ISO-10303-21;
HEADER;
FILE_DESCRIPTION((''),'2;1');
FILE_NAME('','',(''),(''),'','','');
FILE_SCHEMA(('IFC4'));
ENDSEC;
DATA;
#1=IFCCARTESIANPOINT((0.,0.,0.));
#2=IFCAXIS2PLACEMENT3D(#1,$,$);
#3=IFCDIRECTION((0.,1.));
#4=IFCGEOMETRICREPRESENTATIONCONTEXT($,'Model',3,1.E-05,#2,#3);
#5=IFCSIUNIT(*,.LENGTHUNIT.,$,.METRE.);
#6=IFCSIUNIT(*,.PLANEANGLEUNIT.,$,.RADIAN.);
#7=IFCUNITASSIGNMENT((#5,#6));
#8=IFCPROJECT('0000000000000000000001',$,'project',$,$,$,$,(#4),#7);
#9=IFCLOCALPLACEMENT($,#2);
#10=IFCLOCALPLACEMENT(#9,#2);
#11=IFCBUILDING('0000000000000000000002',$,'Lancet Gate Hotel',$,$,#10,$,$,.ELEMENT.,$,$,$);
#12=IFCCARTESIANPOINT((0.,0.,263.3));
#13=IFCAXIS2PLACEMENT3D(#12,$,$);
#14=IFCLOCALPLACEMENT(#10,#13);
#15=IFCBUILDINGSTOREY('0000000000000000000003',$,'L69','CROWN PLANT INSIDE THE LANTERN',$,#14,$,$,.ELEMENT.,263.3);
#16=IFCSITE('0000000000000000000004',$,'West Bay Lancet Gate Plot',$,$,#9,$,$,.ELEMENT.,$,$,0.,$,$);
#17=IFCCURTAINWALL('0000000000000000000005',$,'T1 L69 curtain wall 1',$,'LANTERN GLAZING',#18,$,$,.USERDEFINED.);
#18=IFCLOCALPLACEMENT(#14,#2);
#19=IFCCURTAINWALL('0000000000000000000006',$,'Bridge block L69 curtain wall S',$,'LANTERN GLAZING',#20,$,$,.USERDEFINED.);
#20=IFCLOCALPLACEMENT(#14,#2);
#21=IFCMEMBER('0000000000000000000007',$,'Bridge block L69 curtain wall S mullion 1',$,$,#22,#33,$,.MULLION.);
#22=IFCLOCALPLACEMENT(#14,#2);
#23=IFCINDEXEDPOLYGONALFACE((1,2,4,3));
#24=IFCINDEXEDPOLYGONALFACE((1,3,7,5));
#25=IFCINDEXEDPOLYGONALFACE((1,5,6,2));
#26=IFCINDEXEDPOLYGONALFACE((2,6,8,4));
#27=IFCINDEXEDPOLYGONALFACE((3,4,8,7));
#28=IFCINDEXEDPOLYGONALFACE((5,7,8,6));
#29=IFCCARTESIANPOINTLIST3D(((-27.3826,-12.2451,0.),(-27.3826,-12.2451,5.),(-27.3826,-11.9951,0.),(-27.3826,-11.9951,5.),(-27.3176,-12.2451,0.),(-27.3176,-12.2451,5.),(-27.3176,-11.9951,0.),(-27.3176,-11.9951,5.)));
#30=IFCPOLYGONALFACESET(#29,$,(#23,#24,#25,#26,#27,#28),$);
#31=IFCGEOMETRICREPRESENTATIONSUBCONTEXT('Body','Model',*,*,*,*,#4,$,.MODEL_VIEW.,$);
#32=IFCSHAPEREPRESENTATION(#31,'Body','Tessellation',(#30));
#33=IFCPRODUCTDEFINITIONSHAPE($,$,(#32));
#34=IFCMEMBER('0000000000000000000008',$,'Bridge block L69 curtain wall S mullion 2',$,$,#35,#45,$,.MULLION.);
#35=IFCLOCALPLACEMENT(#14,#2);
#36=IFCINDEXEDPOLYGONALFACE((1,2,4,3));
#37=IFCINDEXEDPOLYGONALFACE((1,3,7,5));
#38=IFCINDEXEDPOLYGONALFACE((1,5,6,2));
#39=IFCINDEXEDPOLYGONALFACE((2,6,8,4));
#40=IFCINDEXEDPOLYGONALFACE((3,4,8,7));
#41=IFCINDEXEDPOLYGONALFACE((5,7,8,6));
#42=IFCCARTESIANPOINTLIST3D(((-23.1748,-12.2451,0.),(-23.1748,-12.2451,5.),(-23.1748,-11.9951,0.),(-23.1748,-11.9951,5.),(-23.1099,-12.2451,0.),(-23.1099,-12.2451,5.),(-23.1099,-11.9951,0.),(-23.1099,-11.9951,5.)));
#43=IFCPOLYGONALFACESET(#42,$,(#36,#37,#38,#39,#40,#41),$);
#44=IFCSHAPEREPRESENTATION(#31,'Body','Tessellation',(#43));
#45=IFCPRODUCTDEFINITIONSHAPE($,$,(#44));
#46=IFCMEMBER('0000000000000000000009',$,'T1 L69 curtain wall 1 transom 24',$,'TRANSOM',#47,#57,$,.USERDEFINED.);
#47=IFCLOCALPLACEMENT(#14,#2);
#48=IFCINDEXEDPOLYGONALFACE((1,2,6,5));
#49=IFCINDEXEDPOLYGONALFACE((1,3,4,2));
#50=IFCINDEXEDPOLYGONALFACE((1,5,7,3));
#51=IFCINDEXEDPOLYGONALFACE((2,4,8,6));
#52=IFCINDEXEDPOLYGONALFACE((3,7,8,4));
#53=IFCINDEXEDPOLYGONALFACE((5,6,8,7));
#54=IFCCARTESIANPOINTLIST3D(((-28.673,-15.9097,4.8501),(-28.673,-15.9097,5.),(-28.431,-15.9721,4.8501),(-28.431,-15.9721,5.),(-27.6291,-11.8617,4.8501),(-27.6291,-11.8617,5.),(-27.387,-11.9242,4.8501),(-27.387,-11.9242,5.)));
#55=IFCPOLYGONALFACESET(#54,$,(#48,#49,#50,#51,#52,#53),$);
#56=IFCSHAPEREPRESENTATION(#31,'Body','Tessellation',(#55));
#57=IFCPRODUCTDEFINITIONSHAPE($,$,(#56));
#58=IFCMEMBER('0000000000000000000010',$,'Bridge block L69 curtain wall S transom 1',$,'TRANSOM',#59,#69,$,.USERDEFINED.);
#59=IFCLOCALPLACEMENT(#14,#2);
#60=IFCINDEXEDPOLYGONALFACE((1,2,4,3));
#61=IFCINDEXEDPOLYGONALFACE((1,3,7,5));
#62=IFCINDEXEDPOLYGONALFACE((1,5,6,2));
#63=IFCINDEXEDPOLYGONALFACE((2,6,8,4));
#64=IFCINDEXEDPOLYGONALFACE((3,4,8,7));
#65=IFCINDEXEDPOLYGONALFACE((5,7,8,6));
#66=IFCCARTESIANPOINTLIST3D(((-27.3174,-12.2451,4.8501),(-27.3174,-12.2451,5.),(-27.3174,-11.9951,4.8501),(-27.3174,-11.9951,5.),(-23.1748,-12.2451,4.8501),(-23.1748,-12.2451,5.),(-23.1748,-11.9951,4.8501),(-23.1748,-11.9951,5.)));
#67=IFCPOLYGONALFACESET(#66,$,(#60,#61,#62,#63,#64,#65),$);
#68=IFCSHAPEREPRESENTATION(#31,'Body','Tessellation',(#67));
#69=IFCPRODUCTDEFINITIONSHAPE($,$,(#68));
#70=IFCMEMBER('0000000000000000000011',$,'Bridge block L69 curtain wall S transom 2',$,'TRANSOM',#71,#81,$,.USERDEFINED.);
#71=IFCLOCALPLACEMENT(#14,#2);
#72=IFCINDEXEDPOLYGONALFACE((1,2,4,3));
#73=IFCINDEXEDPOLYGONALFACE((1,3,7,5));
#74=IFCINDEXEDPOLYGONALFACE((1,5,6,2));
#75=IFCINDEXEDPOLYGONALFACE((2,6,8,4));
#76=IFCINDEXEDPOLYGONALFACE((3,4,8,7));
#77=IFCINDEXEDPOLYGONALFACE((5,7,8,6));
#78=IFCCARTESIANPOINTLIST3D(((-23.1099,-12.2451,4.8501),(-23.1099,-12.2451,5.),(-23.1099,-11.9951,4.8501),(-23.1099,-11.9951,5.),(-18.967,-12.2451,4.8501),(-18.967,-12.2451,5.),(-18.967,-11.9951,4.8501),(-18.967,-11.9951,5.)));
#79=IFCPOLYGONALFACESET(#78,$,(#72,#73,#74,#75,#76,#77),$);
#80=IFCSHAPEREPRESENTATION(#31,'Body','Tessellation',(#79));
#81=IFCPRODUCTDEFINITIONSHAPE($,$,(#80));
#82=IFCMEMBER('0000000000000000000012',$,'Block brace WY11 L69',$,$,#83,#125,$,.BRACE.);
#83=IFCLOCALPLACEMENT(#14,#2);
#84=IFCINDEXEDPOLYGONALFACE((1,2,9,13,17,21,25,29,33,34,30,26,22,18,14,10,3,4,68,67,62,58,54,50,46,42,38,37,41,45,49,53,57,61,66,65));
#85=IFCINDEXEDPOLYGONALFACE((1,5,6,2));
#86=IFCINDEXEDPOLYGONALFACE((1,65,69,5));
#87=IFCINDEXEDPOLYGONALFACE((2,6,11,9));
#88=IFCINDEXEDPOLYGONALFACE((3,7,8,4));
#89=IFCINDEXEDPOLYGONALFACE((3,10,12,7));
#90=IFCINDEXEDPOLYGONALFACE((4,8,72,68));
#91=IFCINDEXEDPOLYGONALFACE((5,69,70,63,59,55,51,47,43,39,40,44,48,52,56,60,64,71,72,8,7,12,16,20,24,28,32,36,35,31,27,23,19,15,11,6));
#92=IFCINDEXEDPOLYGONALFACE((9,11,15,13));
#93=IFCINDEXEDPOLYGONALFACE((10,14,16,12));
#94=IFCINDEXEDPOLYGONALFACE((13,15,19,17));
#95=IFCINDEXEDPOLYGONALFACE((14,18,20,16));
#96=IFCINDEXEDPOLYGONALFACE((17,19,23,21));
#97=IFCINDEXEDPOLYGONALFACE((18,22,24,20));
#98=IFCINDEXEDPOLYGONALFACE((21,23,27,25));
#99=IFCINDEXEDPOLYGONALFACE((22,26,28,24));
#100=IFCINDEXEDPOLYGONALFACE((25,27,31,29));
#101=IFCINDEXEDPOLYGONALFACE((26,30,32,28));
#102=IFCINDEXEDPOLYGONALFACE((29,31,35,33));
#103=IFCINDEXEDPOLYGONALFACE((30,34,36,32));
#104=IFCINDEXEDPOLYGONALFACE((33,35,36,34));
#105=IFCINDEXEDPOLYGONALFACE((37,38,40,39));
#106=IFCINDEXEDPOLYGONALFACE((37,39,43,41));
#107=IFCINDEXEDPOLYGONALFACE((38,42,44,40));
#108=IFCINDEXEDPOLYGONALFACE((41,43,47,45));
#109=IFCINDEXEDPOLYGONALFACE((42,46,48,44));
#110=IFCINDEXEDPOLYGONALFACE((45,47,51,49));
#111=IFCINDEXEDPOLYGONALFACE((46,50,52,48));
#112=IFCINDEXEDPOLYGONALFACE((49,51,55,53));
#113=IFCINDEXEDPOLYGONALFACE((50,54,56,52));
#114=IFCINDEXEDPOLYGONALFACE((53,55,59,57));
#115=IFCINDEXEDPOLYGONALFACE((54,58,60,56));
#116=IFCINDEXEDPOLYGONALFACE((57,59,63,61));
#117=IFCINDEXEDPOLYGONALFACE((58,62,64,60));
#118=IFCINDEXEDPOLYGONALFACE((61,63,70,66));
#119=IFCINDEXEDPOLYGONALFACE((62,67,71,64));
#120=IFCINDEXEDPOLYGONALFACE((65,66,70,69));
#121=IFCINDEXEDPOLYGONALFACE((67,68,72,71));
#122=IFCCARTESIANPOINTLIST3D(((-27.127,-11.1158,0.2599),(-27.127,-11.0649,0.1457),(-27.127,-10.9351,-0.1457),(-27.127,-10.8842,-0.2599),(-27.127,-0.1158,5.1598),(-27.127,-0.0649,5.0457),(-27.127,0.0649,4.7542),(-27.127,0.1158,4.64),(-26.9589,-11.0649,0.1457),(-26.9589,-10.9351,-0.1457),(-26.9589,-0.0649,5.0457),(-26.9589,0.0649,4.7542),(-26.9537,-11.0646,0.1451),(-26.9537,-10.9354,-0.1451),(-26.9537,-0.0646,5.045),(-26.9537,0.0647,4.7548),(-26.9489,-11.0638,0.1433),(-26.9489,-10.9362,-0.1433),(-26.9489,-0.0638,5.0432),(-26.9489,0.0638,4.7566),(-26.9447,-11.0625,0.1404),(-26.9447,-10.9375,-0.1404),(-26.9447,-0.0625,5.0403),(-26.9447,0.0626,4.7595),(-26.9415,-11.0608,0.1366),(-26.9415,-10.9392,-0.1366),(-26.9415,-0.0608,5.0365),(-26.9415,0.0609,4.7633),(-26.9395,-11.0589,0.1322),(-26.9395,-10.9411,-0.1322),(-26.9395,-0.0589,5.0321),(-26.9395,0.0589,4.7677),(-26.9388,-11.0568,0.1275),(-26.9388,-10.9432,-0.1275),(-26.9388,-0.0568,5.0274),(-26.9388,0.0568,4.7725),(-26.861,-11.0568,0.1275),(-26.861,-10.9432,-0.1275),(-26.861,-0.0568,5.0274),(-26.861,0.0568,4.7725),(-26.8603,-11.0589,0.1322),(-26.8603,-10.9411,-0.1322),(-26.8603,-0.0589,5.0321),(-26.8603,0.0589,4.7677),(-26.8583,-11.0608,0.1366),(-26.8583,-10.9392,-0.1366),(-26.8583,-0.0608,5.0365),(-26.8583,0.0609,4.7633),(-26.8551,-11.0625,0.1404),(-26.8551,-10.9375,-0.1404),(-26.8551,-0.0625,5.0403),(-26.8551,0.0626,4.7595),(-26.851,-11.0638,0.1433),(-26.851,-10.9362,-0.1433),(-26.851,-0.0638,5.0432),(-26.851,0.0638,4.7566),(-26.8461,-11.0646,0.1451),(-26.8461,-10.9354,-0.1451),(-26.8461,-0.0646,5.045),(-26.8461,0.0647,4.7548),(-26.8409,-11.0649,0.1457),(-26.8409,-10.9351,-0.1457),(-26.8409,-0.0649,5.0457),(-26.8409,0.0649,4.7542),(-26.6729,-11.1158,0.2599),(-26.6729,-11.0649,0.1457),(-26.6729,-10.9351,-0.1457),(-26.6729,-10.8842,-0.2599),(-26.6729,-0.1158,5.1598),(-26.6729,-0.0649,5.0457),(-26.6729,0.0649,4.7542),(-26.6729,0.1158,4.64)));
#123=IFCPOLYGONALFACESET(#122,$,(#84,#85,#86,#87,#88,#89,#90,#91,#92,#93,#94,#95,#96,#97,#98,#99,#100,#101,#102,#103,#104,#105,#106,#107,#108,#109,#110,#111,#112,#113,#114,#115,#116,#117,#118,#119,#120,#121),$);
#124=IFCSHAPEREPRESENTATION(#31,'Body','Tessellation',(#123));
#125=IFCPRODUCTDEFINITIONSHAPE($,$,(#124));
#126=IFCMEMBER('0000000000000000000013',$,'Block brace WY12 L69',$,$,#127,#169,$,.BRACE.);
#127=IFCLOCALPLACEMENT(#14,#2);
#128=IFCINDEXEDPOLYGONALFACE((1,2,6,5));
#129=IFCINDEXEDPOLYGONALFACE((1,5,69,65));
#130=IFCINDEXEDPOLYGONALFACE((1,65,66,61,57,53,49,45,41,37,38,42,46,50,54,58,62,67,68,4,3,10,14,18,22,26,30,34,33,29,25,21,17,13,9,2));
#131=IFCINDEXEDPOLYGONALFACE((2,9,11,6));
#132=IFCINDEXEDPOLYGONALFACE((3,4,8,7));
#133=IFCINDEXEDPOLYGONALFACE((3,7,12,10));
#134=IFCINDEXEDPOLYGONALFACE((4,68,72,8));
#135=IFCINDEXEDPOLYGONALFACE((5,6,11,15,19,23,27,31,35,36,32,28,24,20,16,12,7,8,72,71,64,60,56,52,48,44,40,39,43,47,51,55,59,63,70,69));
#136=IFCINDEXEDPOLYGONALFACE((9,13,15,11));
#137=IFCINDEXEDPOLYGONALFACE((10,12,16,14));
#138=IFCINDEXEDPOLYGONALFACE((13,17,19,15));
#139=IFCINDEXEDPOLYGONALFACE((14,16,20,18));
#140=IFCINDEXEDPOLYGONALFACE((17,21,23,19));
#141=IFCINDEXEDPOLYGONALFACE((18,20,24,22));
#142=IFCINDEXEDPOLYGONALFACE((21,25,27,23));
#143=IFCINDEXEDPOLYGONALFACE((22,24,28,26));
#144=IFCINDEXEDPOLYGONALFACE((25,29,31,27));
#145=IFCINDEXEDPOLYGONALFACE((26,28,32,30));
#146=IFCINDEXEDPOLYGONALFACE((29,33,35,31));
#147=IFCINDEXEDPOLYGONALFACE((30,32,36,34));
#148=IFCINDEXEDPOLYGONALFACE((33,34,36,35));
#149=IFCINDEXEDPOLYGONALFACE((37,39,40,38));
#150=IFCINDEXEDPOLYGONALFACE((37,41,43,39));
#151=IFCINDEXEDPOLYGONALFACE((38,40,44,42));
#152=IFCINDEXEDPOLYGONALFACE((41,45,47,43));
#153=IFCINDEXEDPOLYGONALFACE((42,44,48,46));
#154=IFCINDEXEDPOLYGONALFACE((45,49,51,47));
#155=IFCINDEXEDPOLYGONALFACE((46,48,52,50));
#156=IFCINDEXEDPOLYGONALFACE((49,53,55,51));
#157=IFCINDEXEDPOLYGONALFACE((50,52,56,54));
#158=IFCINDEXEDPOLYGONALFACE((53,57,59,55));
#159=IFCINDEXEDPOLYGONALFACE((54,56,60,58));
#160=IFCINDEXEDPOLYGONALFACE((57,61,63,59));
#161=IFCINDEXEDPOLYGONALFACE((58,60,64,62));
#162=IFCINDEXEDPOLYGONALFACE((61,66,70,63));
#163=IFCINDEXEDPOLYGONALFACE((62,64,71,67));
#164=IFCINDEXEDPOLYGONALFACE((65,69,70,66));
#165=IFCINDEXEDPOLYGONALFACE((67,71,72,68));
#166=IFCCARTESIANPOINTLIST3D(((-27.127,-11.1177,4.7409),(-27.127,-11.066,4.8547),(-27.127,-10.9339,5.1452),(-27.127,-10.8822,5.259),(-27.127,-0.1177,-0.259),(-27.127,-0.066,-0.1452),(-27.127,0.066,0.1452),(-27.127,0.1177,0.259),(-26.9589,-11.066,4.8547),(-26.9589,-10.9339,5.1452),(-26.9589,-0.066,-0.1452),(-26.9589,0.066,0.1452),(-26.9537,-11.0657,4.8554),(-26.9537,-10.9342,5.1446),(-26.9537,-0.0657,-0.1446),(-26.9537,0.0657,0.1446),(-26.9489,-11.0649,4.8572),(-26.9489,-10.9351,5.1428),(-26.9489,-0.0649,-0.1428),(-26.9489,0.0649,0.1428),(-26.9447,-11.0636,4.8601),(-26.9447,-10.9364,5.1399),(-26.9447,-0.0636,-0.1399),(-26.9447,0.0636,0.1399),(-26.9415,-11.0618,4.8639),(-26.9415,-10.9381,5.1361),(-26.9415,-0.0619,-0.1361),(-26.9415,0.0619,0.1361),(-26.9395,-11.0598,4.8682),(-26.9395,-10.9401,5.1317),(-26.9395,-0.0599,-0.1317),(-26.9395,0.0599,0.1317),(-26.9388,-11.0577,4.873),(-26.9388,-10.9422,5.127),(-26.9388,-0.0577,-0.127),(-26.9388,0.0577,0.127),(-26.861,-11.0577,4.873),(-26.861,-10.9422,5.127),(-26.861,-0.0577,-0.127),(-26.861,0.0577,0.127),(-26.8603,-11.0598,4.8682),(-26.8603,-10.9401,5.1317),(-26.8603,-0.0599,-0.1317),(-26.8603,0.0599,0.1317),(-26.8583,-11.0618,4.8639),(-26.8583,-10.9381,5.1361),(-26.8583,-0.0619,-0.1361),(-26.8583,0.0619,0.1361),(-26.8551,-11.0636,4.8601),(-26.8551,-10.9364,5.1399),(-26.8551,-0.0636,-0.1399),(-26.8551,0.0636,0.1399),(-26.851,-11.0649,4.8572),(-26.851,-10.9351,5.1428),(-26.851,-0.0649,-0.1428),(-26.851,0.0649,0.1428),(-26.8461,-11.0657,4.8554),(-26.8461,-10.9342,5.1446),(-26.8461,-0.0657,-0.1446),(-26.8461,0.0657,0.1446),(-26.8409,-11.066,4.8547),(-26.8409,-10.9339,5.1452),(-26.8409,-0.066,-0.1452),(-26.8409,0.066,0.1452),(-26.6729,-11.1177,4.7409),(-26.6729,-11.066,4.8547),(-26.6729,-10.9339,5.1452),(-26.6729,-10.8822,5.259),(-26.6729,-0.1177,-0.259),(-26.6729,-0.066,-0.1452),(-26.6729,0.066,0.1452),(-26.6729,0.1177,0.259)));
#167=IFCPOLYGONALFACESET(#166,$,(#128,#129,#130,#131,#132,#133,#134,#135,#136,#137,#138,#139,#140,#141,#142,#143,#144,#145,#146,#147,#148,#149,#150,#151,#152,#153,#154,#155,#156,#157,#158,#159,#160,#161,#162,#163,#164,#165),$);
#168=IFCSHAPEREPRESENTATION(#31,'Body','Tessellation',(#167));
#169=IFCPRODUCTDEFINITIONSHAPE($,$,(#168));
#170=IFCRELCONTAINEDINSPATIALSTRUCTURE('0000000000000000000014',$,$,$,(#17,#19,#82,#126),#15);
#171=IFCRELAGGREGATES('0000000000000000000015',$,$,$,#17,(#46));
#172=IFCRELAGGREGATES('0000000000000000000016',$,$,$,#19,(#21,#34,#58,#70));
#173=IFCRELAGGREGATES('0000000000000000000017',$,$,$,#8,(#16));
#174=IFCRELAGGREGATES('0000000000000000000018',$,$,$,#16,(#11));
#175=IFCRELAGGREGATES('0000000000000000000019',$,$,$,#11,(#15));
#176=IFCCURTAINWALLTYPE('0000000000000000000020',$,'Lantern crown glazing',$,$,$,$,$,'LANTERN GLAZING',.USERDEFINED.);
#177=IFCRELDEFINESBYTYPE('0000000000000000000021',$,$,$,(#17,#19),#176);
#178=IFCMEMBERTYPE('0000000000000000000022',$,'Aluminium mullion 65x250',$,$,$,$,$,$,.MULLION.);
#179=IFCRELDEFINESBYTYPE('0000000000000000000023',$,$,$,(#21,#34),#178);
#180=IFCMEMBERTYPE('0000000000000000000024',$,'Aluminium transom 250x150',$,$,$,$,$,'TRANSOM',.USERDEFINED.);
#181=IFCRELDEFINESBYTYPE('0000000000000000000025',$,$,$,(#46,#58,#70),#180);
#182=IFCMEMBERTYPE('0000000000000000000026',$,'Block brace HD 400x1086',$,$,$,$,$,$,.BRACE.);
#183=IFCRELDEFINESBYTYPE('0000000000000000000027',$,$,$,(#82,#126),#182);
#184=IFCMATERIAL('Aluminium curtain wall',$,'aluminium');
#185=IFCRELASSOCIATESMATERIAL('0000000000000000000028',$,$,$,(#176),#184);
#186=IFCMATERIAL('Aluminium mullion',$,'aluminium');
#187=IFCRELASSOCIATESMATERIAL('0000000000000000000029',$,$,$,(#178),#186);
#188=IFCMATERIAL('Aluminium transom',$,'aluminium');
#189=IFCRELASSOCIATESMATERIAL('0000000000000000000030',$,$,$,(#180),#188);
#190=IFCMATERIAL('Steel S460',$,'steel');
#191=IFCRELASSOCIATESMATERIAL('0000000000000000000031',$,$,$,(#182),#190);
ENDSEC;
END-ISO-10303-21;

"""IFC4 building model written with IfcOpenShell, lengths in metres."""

from ifc_helpers import new_model, si_unit, direction, frame, origin, origin_2d, place, context, subcontext, project, spatial, rectangle, i_section, extrude, material, material_profile, profile_set, type_object, element, aggregate, save


model = new_model("IFC4")

# Units and contexts
model_context = context("Model", 3, precision=1e-05, world=origin(), true_north=direction((0.0, 1.0)))
body_context = subcontext(model_context, "Body", "Model", "MODEL_VIEW")
ifc_project = project(units=[si_unit("LENGTHUNIT", "METRE"), si_unit("PLANEANGLEUNIT", "RADIAN")], contexts=[model_context])

# Site, building, storey
site_placement = place(None, origin())
site = spatial("IfcSite", under=ifc_project, at=site_placement, Name="West Bay Lancet Gate Plot", CompositionType="ELEMENT", RefElevation=0.0)
building_placement = place(site_placement, origin())
building = spatial("IfcBuilding", under=site, at=building_placement, Name="Lancet Gate Hotel", CompositionType="ELEMENT")
storey_placement = place(building_placement, frame((0.0, 0.0, 263.3)))
storey = spatial("IfcBuildingStorey", under=building, at=storey_placement, Name="L69", Description="CROWN PLANT INSIDE THE LANTERN", CompositionType="ELEMENT", Elevation=263.3)

# Curtain wall
ifc_material_1 = material(Name="Aluminium curtain wall", Category="aluminium")
curtain_wall_type = type_object("IfcCurtainWallType", Name="Lantern crown glazing", ElementType="LANTERN GLAZING", PredefinedType="USERDEFINED", material=ifc_material_1)
curtain_wall_1_placement = place(storey_placement, origin())
curtain_wall_1 = element("IfcCurtainWall", 1, at=curtain_wall_1_placement, inside=storey, type_object=curtain_wall_type, Name="T1 L69 curtain wall 1", ObjectType="LANTERN GLAZING", PredefinedType="USERDEFINED")
ifc_material_2 = material(Name="Aluminium mullion", Category="aluminium")
ifc_material_profile_1 = material_profile(ifc_material_2, rectangle(XDim=0.0649, YDim=0.25, at=origin_2d()), Name="MULLION 65x250")
ifc_profile_set_1 = profile_set([ifc_material_profile_1], Name="Aluminium mullion")
member_type_1 = type_object("IfcMemberType", Name="Aluminium mullion 65x250", PredefinedType="MULLION", material=ifc_profile_set_1)

# Curtain wall, members
curtain_wall_2_placement = place(storey_placement, origin())
curtain_wall_2 = element("IfcCurtainWall", 2, at=curtain_wall_2_placement, inside=storey, type_object=curtain_wall_type, Name="Bridge block L69 curtain wall S", ObjectType="LANTERN GLAZING", PredefinedType="USERDEFINED")
member_1_placement = place(storey_placement, frame((-27.3501, -12.1201, 0.0), z_axis=(0.0, 0.0, 1.0), x_axis=(1.0, 0.0, 0.0)))
member_1 = element("IfcMember", 3, at=member_1_placement, type_object=member_type_1, Name="Bridge block L69 curtain wall S mullion 1", PredefinedType="MULLION", context=body_context, shape_type="SweptSolid", body=[
    extrude(rectangle(XDim=0.0649, YDim=0.25, at=origin_2d()), origin(), (0.0, 0.0, 1.0), 5.0),
])
member_2_placement = place(storey_placement, frame((-23.1423, -12.1201, 0.0), z_axis=(0.0, 0.0, 1.0), x_axis=(1.0, 0.0, 0.0)))
member_2 = element("IfcMember", 4, at=member_2_placement, type_object=member_type_1, Name="Bridge block L69 curtain wall S mullion 2", PredefinedType="MULLION", context=body_context, shape_type="SweptSolid", body=[
    extrude(rectangle(XDim=0.0649, YDim=0.25, at=origin_2d()), origin(), (0.0, 0.0, 1.0), 5.0),
])

# Members
ifc_material_3 = material(Name="Aluminium transom", Category="aluminium")
ifc_material_profile_2 = material_profile(ifc_material_3, rectangle(XDim=0.25, YDim=0.1499, at=origin_2d()), Name="TRANSOM 250x150")
ifc_profile_set_2 = profile_set([ifc_material_profile_2], Name="Aluminium transom")
member_type_2 = type_object("IfcMemberType", Name="Aluminium transom 250x150", ElementType="TRANSOM", PredefinedType="USERDEFINED", material=ifc_profile_set_2)
member_3_placement = place(storey_placement, frame((-28.552, -15.9409, 4.925), z_axis=(0.249716, 0.968319, 0.0), x_axis=(-0.968319, 0.249716, 0.0)))
member_3 = element("IfcMember", 5, at=member_3_placement, type_object=member_type_2, Name="T1 L69 curtain wall 1 transom 24", ObjectType="TRANSOM", PredefinedType="USERDEFINED", context=body_context, shape_type="SweptSolid", body=[
    extrude(rectangle(XDim=0.25, YDim=0.1499, at=origin_2d()), origin(), (0.0, 0.0, 1.0), 4.1804),
])
member_4_placement = place(storey_placement, frame((-27.3174, -12.1201, 4.925), z_axis=(1.0, 0.0, 0.0), x_axis=(0.0, 1.0, 0.0)))
member_4 = element("IfcMember", 6, at=member_4_placement, type_object=member_type_2, Name="Bridge block L69 curtain wall S transom 1", ObjectType="TRANSOM", PredefinedType="USERDEFINED", context=body_context, shape_type="SweptSolid", body=[
    extrude(rectangle(XDim=0.25, YDim=0.1499, at=origin_2d()), origin(), (0.0, 0.0, 1.0), 4.1426),
])
member_5_placement = place(storey_placement, frame((-23.1099, -12.1201, 4.925), z_axis=(1.0, 0.0, 0.0), x_axis=(0.0, 1.0, 0.0)))
member_5 = element("IfcMember", 7, at=member_5_placement, type_object=member_type_2, Name="Bridge block L69 curtain wall S transom 2", ObjectType="TRANSOM", PredefinedType="USERDEFINED", context=body_context, shape_type="SweptSolid", body=[
    extrude(rectangle(XDim=0.25, YDim=0.1499, at=origin_2d()), origin(), (0.0, 0.0, 1.0), 4.1428),
])

# Members
ifc_material_4 = material(Name="Steel S460", Category="steel")
ifc_material_profile_3 = material_profile(ifc_material_4, i_section(OverallWidth=0.4541, OverallDepth=0.5691, WebThickness=0.0779, FlangeThickness=0.125, FilletRadius=0.02, at=origin_2d()), Name="HD 400x1086")
ifc_profile_set_3 = profile_set([ifc_material_profile_3], Name="Steel S460")
member_type_3 = type_object("IfcMemberType", Name="Block brace HD 400x1086", PredefinedType="BRACE", material=ifc_profile_set_3)
member_6_placement = place(storey_placement, frame((-26.8999, -11.0, 0.0), z_axis=(0.0, 0.913472, 0.406902), x_axis=(-1.0, 0.0, 0.0)))
element("IfcMember", 8, at=member_6_placement, inside=storey, type_object=member_type_3, Name="Block brace WY11 L69", PredefinedType="BRACE", context=body_context, shape_type="SweptSolid", body=[
    extrude(i_section(OverallWidth=0.4541, OverallDepth=0.5691, WebThickness=0.0779, FlangeThickness=0.125, FilletRadius=0.02, at=origin_2d()), origin(), (0.0, 0.0, 1.0), 12.042),
])
member_7_placement = place(storey_placement, frame((-26.8999, 0.0, 0.0), z_axis=(0.0, -0.910366, 0.413803), x_axis=(1.0, 0.0, 0.0)))
element("IfcMember", 9, at=member_7_placement, inside=storey, type_object=member_type_3, Name="Block brace WY12 L69", PredefinedType="BRACE", context=body_context, shape_type="SweptSolid", body=[
    extrude(i_section(OverallWidth=0.4541, OverallDepth=0.5691, WebThickness=0.0779, FlangeThickness=0.125, FilletRadius=0.02, at=origin_2d()), origin(), (0.0, 0.0, 1.0), 12.083),
])

aggregate(curtain_wall_1, [member_3])
aggregate(curtain_wall_2, [member_1, member_2, member_4, member_5])

save(model, "model.ifc")
